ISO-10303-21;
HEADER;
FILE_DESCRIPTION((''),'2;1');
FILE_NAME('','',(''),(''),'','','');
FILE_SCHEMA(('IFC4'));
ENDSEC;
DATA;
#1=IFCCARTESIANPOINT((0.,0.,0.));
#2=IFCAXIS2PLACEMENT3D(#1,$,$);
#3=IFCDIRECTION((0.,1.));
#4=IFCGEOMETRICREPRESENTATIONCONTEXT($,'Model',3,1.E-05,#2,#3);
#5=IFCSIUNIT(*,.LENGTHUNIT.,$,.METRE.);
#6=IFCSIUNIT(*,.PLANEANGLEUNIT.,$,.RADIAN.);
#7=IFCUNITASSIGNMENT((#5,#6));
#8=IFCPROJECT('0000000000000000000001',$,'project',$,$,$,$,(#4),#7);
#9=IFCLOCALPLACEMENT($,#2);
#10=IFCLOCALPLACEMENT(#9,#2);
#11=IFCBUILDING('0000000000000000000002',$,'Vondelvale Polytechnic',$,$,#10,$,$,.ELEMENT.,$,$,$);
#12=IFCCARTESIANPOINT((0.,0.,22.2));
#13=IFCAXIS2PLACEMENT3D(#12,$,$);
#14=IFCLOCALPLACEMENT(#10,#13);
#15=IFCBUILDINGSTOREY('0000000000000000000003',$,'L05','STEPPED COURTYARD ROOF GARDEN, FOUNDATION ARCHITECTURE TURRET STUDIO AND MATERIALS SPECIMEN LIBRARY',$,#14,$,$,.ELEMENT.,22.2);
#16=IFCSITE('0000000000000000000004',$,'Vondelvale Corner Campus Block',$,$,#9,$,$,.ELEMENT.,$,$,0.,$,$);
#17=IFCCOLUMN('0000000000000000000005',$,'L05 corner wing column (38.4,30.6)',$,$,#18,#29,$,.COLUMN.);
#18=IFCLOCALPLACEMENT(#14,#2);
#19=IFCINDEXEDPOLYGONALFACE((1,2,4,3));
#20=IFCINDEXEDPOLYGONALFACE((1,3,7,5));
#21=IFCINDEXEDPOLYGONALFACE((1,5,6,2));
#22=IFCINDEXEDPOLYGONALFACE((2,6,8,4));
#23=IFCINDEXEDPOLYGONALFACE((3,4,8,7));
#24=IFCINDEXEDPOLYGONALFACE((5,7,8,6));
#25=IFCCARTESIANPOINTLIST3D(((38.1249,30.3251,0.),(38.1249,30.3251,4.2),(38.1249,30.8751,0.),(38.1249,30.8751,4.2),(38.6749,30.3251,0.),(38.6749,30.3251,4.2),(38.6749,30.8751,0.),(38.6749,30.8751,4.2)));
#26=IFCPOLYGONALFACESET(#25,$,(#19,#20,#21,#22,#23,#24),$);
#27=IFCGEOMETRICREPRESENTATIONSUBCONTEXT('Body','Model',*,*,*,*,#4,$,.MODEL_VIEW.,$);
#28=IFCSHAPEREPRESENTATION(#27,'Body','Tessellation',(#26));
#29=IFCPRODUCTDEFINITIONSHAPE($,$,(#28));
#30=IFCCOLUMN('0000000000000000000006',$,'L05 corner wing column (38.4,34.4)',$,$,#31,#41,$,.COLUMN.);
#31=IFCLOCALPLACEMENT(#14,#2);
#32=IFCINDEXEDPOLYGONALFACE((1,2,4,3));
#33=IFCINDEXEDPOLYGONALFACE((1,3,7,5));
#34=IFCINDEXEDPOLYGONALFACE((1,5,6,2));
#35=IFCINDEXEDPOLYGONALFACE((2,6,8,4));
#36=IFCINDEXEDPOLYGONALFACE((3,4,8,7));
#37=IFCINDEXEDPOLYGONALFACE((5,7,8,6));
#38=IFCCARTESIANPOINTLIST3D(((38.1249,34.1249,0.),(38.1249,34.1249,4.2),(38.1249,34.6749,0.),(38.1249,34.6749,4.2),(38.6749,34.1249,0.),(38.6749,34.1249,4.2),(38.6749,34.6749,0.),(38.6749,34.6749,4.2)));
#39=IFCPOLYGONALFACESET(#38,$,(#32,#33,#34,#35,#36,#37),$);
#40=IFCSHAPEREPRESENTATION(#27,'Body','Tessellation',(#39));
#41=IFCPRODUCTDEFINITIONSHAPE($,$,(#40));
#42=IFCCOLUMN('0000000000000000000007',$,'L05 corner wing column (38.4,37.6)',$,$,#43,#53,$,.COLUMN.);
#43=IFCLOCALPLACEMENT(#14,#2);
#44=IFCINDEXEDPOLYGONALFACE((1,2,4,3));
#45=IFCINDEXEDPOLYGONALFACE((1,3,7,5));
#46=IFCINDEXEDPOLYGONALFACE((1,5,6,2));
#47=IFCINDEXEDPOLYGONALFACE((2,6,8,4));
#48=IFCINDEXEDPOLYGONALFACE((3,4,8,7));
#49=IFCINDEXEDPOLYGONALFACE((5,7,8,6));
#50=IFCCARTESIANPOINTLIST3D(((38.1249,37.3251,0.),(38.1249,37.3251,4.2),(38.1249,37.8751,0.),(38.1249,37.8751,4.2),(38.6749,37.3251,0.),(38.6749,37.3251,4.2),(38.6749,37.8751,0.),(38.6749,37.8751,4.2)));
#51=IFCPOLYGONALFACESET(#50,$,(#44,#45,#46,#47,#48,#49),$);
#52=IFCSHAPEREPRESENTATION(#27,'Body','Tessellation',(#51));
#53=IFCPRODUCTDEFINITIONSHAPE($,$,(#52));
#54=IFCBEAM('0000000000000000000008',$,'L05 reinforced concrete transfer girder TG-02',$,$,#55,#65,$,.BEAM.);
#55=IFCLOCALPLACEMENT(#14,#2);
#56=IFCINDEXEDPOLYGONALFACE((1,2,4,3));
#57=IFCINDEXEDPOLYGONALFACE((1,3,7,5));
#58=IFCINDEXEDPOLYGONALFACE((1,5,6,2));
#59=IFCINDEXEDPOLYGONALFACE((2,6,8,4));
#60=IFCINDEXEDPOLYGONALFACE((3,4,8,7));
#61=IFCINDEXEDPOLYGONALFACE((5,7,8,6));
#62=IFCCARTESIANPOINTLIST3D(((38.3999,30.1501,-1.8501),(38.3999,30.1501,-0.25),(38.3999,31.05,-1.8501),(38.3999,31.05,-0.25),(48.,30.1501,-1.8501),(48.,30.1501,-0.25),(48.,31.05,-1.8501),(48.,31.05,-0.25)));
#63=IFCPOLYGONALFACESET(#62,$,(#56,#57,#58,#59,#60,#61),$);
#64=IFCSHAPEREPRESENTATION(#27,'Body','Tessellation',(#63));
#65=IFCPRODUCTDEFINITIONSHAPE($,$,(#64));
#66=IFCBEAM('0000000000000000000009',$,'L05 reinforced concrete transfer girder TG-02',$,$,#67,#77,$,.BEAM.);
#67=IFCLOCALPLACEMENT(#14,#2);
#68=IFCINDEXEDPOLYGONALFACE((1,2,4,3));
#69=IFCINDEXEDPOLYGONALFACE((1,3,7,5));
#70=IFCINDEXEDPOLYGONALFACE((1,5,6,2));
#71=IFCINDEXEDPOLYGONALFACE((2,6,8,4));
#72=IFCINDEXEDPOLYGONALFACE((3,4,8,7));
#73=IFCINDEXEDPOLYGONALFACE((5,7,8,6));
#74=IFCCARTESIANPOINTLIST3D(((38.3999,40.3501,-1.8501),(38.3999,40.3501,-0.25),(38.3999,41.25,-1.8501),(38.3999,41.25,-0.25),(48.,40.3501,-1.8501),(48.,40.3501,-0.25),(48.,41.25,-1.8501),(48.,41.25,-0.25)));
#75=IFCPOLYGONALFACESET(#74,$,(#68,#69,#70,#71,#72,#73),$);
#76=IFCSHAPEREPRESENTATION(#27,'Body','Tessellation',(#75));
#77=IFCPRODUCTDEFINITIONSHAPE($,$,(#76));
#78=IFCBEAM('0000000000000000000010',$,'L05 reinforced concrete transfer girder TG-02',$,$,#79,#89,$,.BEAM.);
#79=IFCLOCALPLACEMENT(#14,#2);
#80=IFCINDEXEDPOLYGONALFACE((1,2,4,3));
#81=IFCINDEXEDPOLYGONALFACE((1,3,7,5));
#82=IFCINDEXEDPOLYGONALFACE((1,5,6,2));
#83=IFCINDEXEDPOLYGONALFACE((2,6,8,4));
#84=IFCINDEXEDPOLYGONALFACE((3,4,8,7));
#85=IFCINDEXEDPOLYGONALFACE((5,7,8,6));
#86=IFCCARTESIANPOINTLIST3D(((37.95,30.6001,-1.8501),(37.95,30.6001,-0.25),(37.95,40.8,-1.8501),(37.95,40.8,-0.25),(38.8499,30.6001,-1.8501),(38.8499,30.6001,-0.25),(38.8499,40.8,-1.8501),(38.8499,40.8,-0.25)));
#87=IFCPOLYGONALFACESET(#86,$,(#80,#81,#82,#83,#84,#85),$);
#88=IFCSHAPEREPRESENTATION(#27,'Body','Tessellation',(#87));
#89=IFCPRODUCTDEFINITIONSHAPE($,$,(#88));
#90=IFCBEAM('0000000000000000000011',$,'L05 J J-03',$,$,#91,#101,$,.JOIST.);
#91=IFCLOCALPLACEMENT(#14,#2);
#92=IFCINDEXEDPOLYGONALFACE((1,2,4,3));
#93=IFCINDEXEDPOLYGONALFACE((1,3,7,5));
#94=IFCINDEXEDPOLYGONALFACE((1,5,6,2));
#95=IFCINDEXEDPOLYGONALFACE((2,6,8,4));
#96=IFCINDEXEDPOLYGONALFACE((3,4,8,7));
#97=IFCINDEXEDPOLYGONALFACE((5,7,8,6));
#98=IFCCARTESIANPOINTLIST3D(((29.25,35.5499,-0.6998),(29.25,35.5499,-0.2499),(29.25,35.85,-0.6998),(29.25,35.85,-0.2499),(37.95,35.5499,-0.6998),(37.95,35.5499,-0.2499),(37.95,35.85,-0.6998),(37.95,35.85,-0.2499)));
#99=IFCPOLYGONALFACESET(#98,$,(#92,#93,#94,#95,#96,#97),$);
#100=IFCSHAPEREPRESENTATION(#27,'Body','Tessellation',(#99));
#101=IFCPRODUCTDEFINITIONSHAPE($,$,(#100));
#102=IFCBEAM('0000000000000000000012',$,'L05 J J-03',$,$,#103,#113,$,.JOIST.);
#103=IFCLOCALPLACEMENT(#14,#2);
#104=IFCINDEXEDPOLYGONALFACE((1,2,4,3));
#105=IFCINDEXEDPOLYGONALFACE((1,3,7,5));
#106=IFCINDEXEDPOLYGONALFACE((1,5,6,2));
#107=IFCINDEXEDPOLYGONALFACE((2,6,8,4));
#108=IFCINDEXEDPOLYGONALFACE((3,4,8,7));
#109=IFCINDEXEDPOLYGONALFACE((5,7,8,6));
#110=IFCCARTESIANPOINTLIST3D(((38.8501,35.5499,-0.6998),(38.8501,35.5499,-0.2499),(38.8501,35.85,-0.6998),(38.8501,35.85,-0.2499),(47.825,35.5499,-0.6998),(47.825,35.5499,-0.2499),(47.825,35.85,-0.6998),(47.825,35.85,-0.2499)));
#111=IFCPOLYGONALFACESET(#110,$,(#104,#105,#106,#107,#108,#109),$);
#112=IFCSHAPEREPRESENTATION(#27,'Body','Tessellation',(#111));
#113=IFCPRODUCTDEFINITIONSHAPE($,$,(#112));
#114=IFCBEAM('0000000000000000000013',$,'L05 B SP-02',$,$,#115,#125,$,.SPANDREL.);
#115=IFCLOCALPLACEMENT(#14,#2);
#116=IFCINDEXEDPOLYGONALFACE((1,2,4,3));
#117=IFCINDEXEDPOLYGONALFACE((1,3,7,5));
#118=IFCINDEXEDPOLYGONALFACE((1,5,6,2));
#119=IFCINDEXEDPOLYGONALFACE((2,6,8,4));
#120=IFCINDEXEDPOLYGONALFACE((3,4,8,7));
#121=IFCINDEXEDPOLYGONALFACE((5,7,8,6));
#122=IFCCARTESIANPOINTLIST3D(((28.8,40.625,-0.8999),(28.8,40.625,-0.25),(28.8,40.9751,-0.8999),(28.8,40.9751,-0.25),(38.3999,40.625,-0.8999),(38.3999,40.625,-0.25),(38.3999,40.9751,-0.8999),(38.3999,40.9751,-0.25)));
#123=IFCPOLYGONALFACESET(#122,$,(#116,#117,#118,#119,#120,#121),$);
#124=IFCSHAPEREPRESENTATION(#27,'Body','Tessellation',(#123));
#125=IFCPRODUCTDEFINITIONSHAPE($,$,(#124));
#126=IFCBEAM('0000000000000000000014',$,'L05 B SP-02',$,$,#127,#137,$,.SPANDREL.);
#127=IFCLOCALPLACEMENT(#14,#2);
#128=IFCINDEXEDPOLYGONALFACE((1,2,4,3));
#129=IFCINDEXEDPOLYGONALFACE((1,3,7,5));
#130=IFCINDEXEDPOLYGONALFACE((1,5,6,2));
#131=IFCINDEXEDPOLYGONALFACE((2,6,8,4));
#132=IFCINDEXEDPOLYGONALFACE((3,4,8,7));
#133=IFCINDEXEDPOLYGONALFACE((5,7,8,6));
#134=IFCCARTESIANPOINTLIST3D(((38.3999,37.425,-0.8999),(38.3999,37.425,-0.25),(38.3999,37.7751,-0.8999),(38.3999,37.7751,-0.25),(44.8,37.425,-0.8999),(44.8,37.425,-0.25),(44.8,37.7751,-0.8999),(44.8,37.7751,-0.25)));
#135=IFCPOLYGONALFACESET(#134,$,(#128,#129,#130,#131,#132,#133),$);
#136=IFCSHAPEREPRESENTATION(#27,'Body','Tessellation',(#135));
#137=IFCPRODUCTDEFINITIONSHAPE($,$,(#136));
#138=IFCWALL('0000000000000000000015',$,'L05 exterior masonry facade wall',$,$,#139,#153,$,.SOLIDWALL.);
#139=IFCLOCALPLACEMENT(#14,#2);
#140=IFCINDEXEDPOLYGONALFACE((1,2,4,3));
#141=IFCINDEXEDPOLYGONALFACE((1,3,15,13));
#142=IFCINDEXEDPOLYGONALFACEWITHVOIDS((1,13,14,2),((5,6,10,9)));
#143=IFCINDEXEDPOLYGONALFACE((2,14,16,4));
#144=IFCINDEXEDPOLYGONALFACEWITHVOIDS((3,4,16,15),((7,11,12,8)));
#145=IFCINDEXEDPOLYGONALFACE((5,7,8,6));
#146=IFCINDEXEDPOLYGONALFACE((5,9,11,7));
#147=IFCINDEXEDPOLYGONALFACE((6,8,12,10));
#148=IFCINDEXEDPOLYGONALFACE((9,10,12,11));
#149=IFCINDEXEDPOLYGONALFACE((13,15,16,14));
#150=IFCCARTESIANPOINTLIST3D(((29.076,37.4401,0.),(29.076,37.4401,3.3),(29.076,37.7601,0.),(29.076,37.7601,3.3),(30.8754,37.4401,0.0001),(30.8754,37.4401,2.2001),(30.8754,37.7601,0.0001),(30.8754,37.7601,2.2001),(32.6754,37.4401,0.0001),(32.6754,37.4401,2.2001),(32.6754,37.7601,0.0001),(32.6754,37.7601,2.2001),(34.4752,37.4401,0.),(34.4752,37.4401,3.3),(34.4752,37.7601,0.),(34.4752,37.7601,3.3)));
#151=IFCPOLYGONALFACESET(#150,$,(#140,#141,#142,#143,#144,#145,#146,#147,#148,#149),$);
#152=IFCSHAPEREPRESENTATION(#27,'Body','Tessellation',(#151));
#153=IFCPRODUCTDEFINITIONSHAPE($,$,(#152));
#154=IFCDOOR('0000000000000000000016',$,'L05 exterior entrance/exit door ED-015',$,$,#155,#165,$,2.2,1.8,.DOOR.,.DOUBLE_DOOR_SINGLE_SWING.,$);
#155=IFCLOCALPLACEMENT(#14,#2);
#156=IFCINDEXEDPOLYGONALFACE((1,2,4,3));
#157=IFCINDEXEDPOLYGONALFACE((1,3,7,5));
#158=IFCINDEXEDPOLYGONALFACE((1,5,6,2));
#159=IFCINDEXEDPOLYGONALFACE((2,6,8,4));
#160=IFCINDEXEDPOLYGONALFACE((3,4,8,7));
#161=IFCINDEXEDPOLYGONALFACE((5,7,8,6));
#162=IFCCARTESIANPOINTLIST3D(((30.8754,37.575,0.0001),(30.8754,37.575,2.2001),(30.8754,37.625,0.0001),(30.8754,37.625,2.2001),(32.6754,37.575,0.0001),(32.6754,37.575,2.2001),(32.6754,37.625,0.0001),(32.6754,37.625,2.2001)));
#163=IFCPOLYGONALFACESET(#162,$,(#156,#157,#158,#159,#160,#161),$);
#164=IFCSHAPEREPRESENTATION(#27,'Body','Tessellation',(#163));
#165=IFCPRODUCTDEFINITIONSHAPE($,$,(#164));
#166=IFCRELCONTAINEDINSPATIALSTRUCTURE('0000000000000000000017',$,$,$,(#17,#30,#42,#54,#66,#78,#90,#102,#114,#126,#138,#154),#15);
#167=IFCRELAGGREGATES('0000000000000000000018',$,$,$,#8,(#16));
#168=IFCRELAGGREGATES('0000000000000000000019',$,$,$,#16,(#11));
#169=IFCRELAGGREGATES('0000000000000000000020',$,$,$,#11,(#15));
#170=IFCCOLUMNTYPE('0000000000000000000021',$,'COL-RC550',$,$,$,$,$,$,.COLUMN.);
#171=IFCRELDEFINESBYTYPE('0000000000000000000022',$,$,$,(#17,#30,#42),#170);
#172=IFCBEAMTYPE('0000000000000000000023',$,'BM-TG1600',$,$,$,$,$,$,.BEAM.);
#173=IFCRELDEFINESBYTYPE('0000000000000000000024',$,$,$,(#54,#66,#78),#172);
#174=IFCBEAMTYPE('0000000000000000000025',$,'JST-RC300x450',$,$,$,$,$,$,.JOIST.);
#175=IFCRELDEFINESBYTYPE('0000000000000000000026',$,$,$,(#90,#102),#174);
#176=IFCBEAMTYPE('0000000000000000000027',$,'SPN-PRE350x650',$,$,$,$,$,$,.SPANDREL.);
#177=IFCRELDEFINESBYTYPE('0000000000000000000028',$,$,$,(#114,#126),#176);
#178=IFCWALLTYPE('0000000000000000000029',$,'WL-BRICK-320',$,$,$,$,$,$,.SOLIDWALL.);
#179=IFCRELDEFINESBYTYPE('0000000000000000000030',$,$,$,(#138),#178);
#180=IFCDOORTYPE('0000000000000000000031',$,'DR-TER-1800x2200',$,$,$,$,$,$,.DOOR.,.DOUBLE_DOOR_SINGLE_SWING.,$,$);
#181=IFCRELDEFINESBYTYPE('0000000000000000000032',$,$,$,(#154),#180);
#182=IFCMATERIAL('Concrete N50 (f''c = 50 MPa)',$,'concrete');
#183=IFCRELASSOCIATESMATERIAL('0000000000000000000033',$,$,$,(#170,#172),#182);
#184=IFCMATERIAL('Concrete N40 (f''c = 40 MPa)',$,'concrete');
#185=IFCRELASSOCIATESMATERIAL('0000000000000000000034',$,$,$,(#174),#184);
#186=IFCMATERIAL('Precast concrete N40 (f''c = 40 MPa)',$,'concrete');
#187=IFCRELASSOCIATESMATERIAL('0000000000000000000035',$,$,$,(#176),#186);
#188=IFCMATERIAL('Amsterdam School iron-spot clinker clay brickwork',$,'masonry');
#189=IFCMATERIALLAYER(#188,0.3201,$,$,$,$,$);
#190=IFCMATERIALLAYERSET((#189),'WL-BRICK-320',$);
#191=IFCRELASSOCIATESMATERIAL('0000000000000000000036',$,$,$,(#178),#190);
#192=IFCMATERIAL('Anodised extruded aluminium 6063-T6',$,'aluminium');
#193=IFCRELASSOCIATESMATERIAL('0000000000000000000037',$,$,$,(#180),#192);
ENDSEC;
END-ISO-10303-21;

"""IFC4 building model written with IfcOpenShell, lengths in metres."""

from ifc_helpers import new_model, si_unit, direction, frame, frame_2d, origin, origin_2d, place, context, subcontext, project, spatial, rectangle, extrude, material, layer, layer_set, material_profile, profile_set, type_object, element, fill, save


model = new_model("IFC4")

# Units and contexts
model_context = context("Model", 3, precision=1e-05, world=origin(), true_north=direction((0.0, 1.0)))
body_context = subcontext(model_context, "Body", "Model", "MODEL_VIEW")
ifc_project = project(units=[si_unit("LENGTHUNIT", "METRE"), si_unit("PLANEANGLEUNIT", "RADIAN")], contexts=[model_context])

# Site, building, storey
site_placement = place(None, origin())
site = spatial("IfcSite", under=ifc_project, at=site_placement, Name="Vondelvale Corner Campus Block", CompositionType="ELEMENT", RefElevation=0.0)
building_placement = place(site_placement, origin())
building = spatial("IfcBuilding", under=site, at=building_placement, Name="Vondelvale Polytechnic", CompositionType="ELEMENT")
storey_placement = place(building_placement, frame((0.0, 0.0, 22.2)))
storey = spatial("IfcBuildingStorey", under=building, at=storey_placement, Name="L05", Description="STEPPED COURTYARD ROOF GARDEN, FOUNDATION ARCHITECTURE TURRET STUDIO AND MATERIALS SPECIMEN LIBRARY", CompositionType="ELEMENT", Elevation=22.2)

# Columns
ifc_material_1 = material(Name="Concrete N50 (f'c = 50 MPa)", Category="concrete")
ifc_material_profile_1 = material_profile(ifc_material_1, rectangle(XDim=0.55, YDim=0.55, at=origin_2d()), Name="RC-COL-550x550")
ifc_profile_set_1 = profile_set([ifc_material_profile_1], Name="Concrete N50 (f'c = 50 MPa)")
column_type = type_object("IfcColumnType", Name="COL-RC550", PredefinedType="COLUMN", material=ifc_profile_set_1)
for number, where, z_axis, x_axis, name in (
    (1, (38.3999, 30.6001, 0.0), (0.0, 0.0, 1.0), (1.0, 0.0, 0.0), "L05 corner wing column (38.4,30.6)"),
    (2, (38.3999, 34.3999, 0.0), (0.0, 0.0, 1.0), (1.0, 0.0, 0.0), "L05 corner wing column (38.4,34.4)"),
    (3, (38.3999, 37.6001, 0.0), (0.0, 0.0, 1.0), (1.0, 0.0, 0.0), "L05 corner wing column (38.4,37.6)"),
):
    element("IfcColumn", number, at=place(storey_placement, frame(where, z_axis=z_axis, x_axis=x_axis)), inside=storey, type_object=column_type, Name=name, PredefinedType="COLUMN", context=body_context, shape_type="SweptSolid", body=[
        extrude(rectangle(XDim=0.55, YDim=0.55, at=origin_2d()), origin(), (0.0, 0.0, 1.0), 4.2),
    ])

# Beams
ifc_material_profile_2 = material_profile(ifc_material_1, rectangle(XDim=0.8999, YDim=1.6001, at=origin_2d()), Name="RC-TG-900x1600")
ifc_profile_set_2 = profile_set([ifc_material_profile_2], Name="Concrete N50 (f'c = 50 MPa)")
beam_type_1 = type_object("IfcBeamType", Name="BM-TG1600", PredefinedType="BEAM", material=ifc_profile_set_2)
for number, where, z_axis, x_axis, name in (
    (4, (38.3999, 30.6001, -1.05), (1.0, 0.0, 0.0), (0.0, 1.0, 0.0), "L05 reinforced concrete transfer girder TG-02"),
    (5, (38.3999, 40.8, -1.05), (1.0, 0.0, 0.0), (0.0, 1.0, 0.0), "L05 reinforced concrete transfer girder TG-02"),
):
    element("IfcBeam", number, at=place(storey_placement, frame(where, z_axis=z_axis, x_axis=x_axis)), inside=storey, type_object=beam_type_1, Name=name, PredefinedType="BEAM", context=body_context, shape_type="SweptSolid", body=[
        extrude(rectangle(XDim=0.8999, YDim=1.6001, at=origin_2d()), origin(), (0.0, 0.0, 1.0), 9.6001),
    ])
beam_1_placement = place(storey_placement, frame((38.3999, 30.6001, -1.05), z_axis=(0.0, 1.0, 0.0), x_axis=(-1.0, 0.0, 0.0)))
element("IfcBeam", 6, at=beam_1_placement, inside=storey, type_object=beam_type_1, Name="L05 reinforced concrete transfer girder TG-02", PredefinedType="BEAM", context=body_context, shape_type="SweptSolid", body=[
    extrude(rectangle(XDim=0.8999, YDim=1.6001, at=origin_2d()), origin(), (0.0, 0.0, 1.0), 10.2),
])
ifc_material_2 = material(Name="Concrete N40 (f'c = 40 MPa)", Category="concrete")
ifc_material_profile_3 = material_profile(ifc_material_2, rectangle(XDim=0.3, YDim=0.45, at=origin_2d()), Name="RC-JST-300x450")
ifc_profile_set_3 = profile_set([ifc_material_profile_3], Name="Concrete N40 (f'c = 40 MPa)")
beam_type_2 = type_object("IfcBeamType", Name="JST-RC300x450", PredefinedType="JOIST", material=ifc_profile_set_3)
beam_2_placement = place(storey_placement, frame((29.25, 35.7, -0.4749), z_axis=(1.0, 0.0, 0.0), x_axis=(0.0, 1.0, 0.0)))
element("IfcBeam", 7, at=beam_2_placement, inside=storey, type_object=beam_type_2, Name="L05 J J-03", PredefinedType="JOIST", context=body_context, shape_type="SweptSolid", body=[
    extrude(rectangle(XDim=0.3, YDim=0.45, at=origin_2d()), origin(), (0.0, 0.0, 1.0), 8.7),
])
beam_3_placement = place(storey_placement, frame((38.8501, 35.7, -0.4749), z_axis=(1.0, 0.0, 0.0), x_axis=(0.0, 1.0, 0.0)))
element("IfcBeam", 8, at=beam_3_placement, inside=storey, type_object=beam_type_2, Name="L05 J J-03", PredefinedType="JOIST", context=body_context, shape_type="SweptSolid", body=[
    extrude(rectangle(XDim=0.3, YDim=0.45, at=origin_2d()), origin(), (0.0, 0.0, 1.0), 8.9749),
])
ifc_material_3 = material(Name="Precast concrete N40 (f'c = 40 MPa)", Category="concrete")
ifc_material_profile_4 = material_profile(ifc_material_3, rectangle(XDim=0.3501, YDim=0.6499, at=origin_2d()), Name="RC-SPN-350x650")
ifc_profile_set_4 = profile_set([ifc_material_profile_4], Name="Precast concrete N40 (f'c = 40 MPa)")
beam_type_3 = type_object("IfcBeamType", Name="SPN-PRE350x650", PredefinedType="SPANDREL", material=ifc_profile_set_4)
beam_4_placement = place(storey_placement, frame((28.8, 40.8, -0.575), z_axis=(1.0, 0.0, 0.0), x_axis=(0.0, 1.0, 0.0)))
element("IfcBeam", 9, at=beam_4_placement, inside=storey, type_object=beam_type_3, Name="L05 B SP-02", PredefinedType="SPANDREL", context=body_context, shape_type="SweptSolid", body=[
    extrude(rectangle(XDim=0.3501, YDim=0.6499, at=origin_2d()), origin(), (0.0, 0.0, 1.0), 9.5999),
])
beam_5_placement = place(storey_placement, frame((38.3999, 37.6001, -0.575), z_axis=(1.0, 0.0, 0.0), x_axis=(0.0, 1.0, 0.0)))
element("IfcBeam", 10, at=beam_5_placement, inside=storey, type_object=beam_type_3, Name="L05 B SP-02", PredefinedType="SPANDREL", context=body_context, shape_type="SweptSolid", body=[
    extrude(rectangle(XDim=0.3501, YDim=0.6499, at=origin_2d()), origin(), (0.0, 0.0, 1.0), 6.4001),
])

# Wall, opening, door
ifc_material_4 = material(Name="Amsterdam School iron-spot clinker clay brickwork", Category="masonry")
ifc_layer_1 = layer(ifc_material_4, 0.3201)
ifc_layer_set_1 = layer_set([ifc_layer_1], Name="WL-BRICK-320")
wall_type = type_object("IfcWallType", Name="WL-BRICK-320", PredefinedType="SOLIDWALL", material=ifc_layer_set_1)
wall_1_placement = place(storey_placement, frame((29.0759, 37.6001, 0.0), z_axis=(0.0, 0.0, 1.0), x_axis=(1.0, 0.0, 0.0)))
wall_1 = element("IfcWall", 11, at=wall_1_placement, inside=storey, type_object=wall_type, Name="L05 exterior masonry facade wall", PredefinedType="SOLIDWALL", context=body_context, shape_type="SweptSolid", body=[
    extrude(rectangle(XDim=5.3992, YDim=0.3201, at=frame_2d((2.6997, 0.0))), origin(), (0.0, 0.0, 1.0), 3.3),
])
opening_1_placement = place(wall_1_placement, frame((1.7996, 0.0, 0.0)))
opening_1 = element("IfcOpeningElement", 12, at=opening_1_placement, cuts=wall_1, PredefinedType="OPENING", context=body_context, shape_type="SweptSolid", body=[
    extrude(rectangle(XDim=1.8, YDim=2.2, at=frame_2d((0.8999, 1.1001))), frame((0.0, 0.1699, 0.0), z_axis=(0.0, -1.0, 0.0), x_axis=(1.0, 0.0, 0.0)), (0.0, 0.0, 1.0), 0.3401),
])
ifc_material_5 = material(Name="Anodised extruded aluminium 6063-T6", Category="aluminium")
door_type = type_object("IfcDoorType", Name="DR-TER-1800x2200", OperationType="DOUBLE_DOOR_SINGLE_SWING", PredefinedType="DOOR", material=ifc_material_5)
door_placement = place(opening_1_placement, origin())
door = element("IfcDoor", 13, at=door_placement, inside=storey, type_object=door_type, Name="L05 exterior entrance/exit door ED-015", OperationType="DOUBLE_DOOR_SINGLE_SWING", OverallHeight=2.2, OverallWidth=1.8, PredefinedType="DOOR", context=body_context, shape_type="SweptSolid", body=[
    extrude(rectangle(XDim=1.8, YDim=2.2, at=frame_2d((0.8999, 1.1001))), frame((0.0, 0.0249, 0.0), z_axis=(0.0, -1.0, 0.0), x_axis=(1.0, 0.0, 0.0)), (0.0, 0.0, 1.0), 0.05),
])
fill(opening_1, door)

save(model, "model.ifc")
